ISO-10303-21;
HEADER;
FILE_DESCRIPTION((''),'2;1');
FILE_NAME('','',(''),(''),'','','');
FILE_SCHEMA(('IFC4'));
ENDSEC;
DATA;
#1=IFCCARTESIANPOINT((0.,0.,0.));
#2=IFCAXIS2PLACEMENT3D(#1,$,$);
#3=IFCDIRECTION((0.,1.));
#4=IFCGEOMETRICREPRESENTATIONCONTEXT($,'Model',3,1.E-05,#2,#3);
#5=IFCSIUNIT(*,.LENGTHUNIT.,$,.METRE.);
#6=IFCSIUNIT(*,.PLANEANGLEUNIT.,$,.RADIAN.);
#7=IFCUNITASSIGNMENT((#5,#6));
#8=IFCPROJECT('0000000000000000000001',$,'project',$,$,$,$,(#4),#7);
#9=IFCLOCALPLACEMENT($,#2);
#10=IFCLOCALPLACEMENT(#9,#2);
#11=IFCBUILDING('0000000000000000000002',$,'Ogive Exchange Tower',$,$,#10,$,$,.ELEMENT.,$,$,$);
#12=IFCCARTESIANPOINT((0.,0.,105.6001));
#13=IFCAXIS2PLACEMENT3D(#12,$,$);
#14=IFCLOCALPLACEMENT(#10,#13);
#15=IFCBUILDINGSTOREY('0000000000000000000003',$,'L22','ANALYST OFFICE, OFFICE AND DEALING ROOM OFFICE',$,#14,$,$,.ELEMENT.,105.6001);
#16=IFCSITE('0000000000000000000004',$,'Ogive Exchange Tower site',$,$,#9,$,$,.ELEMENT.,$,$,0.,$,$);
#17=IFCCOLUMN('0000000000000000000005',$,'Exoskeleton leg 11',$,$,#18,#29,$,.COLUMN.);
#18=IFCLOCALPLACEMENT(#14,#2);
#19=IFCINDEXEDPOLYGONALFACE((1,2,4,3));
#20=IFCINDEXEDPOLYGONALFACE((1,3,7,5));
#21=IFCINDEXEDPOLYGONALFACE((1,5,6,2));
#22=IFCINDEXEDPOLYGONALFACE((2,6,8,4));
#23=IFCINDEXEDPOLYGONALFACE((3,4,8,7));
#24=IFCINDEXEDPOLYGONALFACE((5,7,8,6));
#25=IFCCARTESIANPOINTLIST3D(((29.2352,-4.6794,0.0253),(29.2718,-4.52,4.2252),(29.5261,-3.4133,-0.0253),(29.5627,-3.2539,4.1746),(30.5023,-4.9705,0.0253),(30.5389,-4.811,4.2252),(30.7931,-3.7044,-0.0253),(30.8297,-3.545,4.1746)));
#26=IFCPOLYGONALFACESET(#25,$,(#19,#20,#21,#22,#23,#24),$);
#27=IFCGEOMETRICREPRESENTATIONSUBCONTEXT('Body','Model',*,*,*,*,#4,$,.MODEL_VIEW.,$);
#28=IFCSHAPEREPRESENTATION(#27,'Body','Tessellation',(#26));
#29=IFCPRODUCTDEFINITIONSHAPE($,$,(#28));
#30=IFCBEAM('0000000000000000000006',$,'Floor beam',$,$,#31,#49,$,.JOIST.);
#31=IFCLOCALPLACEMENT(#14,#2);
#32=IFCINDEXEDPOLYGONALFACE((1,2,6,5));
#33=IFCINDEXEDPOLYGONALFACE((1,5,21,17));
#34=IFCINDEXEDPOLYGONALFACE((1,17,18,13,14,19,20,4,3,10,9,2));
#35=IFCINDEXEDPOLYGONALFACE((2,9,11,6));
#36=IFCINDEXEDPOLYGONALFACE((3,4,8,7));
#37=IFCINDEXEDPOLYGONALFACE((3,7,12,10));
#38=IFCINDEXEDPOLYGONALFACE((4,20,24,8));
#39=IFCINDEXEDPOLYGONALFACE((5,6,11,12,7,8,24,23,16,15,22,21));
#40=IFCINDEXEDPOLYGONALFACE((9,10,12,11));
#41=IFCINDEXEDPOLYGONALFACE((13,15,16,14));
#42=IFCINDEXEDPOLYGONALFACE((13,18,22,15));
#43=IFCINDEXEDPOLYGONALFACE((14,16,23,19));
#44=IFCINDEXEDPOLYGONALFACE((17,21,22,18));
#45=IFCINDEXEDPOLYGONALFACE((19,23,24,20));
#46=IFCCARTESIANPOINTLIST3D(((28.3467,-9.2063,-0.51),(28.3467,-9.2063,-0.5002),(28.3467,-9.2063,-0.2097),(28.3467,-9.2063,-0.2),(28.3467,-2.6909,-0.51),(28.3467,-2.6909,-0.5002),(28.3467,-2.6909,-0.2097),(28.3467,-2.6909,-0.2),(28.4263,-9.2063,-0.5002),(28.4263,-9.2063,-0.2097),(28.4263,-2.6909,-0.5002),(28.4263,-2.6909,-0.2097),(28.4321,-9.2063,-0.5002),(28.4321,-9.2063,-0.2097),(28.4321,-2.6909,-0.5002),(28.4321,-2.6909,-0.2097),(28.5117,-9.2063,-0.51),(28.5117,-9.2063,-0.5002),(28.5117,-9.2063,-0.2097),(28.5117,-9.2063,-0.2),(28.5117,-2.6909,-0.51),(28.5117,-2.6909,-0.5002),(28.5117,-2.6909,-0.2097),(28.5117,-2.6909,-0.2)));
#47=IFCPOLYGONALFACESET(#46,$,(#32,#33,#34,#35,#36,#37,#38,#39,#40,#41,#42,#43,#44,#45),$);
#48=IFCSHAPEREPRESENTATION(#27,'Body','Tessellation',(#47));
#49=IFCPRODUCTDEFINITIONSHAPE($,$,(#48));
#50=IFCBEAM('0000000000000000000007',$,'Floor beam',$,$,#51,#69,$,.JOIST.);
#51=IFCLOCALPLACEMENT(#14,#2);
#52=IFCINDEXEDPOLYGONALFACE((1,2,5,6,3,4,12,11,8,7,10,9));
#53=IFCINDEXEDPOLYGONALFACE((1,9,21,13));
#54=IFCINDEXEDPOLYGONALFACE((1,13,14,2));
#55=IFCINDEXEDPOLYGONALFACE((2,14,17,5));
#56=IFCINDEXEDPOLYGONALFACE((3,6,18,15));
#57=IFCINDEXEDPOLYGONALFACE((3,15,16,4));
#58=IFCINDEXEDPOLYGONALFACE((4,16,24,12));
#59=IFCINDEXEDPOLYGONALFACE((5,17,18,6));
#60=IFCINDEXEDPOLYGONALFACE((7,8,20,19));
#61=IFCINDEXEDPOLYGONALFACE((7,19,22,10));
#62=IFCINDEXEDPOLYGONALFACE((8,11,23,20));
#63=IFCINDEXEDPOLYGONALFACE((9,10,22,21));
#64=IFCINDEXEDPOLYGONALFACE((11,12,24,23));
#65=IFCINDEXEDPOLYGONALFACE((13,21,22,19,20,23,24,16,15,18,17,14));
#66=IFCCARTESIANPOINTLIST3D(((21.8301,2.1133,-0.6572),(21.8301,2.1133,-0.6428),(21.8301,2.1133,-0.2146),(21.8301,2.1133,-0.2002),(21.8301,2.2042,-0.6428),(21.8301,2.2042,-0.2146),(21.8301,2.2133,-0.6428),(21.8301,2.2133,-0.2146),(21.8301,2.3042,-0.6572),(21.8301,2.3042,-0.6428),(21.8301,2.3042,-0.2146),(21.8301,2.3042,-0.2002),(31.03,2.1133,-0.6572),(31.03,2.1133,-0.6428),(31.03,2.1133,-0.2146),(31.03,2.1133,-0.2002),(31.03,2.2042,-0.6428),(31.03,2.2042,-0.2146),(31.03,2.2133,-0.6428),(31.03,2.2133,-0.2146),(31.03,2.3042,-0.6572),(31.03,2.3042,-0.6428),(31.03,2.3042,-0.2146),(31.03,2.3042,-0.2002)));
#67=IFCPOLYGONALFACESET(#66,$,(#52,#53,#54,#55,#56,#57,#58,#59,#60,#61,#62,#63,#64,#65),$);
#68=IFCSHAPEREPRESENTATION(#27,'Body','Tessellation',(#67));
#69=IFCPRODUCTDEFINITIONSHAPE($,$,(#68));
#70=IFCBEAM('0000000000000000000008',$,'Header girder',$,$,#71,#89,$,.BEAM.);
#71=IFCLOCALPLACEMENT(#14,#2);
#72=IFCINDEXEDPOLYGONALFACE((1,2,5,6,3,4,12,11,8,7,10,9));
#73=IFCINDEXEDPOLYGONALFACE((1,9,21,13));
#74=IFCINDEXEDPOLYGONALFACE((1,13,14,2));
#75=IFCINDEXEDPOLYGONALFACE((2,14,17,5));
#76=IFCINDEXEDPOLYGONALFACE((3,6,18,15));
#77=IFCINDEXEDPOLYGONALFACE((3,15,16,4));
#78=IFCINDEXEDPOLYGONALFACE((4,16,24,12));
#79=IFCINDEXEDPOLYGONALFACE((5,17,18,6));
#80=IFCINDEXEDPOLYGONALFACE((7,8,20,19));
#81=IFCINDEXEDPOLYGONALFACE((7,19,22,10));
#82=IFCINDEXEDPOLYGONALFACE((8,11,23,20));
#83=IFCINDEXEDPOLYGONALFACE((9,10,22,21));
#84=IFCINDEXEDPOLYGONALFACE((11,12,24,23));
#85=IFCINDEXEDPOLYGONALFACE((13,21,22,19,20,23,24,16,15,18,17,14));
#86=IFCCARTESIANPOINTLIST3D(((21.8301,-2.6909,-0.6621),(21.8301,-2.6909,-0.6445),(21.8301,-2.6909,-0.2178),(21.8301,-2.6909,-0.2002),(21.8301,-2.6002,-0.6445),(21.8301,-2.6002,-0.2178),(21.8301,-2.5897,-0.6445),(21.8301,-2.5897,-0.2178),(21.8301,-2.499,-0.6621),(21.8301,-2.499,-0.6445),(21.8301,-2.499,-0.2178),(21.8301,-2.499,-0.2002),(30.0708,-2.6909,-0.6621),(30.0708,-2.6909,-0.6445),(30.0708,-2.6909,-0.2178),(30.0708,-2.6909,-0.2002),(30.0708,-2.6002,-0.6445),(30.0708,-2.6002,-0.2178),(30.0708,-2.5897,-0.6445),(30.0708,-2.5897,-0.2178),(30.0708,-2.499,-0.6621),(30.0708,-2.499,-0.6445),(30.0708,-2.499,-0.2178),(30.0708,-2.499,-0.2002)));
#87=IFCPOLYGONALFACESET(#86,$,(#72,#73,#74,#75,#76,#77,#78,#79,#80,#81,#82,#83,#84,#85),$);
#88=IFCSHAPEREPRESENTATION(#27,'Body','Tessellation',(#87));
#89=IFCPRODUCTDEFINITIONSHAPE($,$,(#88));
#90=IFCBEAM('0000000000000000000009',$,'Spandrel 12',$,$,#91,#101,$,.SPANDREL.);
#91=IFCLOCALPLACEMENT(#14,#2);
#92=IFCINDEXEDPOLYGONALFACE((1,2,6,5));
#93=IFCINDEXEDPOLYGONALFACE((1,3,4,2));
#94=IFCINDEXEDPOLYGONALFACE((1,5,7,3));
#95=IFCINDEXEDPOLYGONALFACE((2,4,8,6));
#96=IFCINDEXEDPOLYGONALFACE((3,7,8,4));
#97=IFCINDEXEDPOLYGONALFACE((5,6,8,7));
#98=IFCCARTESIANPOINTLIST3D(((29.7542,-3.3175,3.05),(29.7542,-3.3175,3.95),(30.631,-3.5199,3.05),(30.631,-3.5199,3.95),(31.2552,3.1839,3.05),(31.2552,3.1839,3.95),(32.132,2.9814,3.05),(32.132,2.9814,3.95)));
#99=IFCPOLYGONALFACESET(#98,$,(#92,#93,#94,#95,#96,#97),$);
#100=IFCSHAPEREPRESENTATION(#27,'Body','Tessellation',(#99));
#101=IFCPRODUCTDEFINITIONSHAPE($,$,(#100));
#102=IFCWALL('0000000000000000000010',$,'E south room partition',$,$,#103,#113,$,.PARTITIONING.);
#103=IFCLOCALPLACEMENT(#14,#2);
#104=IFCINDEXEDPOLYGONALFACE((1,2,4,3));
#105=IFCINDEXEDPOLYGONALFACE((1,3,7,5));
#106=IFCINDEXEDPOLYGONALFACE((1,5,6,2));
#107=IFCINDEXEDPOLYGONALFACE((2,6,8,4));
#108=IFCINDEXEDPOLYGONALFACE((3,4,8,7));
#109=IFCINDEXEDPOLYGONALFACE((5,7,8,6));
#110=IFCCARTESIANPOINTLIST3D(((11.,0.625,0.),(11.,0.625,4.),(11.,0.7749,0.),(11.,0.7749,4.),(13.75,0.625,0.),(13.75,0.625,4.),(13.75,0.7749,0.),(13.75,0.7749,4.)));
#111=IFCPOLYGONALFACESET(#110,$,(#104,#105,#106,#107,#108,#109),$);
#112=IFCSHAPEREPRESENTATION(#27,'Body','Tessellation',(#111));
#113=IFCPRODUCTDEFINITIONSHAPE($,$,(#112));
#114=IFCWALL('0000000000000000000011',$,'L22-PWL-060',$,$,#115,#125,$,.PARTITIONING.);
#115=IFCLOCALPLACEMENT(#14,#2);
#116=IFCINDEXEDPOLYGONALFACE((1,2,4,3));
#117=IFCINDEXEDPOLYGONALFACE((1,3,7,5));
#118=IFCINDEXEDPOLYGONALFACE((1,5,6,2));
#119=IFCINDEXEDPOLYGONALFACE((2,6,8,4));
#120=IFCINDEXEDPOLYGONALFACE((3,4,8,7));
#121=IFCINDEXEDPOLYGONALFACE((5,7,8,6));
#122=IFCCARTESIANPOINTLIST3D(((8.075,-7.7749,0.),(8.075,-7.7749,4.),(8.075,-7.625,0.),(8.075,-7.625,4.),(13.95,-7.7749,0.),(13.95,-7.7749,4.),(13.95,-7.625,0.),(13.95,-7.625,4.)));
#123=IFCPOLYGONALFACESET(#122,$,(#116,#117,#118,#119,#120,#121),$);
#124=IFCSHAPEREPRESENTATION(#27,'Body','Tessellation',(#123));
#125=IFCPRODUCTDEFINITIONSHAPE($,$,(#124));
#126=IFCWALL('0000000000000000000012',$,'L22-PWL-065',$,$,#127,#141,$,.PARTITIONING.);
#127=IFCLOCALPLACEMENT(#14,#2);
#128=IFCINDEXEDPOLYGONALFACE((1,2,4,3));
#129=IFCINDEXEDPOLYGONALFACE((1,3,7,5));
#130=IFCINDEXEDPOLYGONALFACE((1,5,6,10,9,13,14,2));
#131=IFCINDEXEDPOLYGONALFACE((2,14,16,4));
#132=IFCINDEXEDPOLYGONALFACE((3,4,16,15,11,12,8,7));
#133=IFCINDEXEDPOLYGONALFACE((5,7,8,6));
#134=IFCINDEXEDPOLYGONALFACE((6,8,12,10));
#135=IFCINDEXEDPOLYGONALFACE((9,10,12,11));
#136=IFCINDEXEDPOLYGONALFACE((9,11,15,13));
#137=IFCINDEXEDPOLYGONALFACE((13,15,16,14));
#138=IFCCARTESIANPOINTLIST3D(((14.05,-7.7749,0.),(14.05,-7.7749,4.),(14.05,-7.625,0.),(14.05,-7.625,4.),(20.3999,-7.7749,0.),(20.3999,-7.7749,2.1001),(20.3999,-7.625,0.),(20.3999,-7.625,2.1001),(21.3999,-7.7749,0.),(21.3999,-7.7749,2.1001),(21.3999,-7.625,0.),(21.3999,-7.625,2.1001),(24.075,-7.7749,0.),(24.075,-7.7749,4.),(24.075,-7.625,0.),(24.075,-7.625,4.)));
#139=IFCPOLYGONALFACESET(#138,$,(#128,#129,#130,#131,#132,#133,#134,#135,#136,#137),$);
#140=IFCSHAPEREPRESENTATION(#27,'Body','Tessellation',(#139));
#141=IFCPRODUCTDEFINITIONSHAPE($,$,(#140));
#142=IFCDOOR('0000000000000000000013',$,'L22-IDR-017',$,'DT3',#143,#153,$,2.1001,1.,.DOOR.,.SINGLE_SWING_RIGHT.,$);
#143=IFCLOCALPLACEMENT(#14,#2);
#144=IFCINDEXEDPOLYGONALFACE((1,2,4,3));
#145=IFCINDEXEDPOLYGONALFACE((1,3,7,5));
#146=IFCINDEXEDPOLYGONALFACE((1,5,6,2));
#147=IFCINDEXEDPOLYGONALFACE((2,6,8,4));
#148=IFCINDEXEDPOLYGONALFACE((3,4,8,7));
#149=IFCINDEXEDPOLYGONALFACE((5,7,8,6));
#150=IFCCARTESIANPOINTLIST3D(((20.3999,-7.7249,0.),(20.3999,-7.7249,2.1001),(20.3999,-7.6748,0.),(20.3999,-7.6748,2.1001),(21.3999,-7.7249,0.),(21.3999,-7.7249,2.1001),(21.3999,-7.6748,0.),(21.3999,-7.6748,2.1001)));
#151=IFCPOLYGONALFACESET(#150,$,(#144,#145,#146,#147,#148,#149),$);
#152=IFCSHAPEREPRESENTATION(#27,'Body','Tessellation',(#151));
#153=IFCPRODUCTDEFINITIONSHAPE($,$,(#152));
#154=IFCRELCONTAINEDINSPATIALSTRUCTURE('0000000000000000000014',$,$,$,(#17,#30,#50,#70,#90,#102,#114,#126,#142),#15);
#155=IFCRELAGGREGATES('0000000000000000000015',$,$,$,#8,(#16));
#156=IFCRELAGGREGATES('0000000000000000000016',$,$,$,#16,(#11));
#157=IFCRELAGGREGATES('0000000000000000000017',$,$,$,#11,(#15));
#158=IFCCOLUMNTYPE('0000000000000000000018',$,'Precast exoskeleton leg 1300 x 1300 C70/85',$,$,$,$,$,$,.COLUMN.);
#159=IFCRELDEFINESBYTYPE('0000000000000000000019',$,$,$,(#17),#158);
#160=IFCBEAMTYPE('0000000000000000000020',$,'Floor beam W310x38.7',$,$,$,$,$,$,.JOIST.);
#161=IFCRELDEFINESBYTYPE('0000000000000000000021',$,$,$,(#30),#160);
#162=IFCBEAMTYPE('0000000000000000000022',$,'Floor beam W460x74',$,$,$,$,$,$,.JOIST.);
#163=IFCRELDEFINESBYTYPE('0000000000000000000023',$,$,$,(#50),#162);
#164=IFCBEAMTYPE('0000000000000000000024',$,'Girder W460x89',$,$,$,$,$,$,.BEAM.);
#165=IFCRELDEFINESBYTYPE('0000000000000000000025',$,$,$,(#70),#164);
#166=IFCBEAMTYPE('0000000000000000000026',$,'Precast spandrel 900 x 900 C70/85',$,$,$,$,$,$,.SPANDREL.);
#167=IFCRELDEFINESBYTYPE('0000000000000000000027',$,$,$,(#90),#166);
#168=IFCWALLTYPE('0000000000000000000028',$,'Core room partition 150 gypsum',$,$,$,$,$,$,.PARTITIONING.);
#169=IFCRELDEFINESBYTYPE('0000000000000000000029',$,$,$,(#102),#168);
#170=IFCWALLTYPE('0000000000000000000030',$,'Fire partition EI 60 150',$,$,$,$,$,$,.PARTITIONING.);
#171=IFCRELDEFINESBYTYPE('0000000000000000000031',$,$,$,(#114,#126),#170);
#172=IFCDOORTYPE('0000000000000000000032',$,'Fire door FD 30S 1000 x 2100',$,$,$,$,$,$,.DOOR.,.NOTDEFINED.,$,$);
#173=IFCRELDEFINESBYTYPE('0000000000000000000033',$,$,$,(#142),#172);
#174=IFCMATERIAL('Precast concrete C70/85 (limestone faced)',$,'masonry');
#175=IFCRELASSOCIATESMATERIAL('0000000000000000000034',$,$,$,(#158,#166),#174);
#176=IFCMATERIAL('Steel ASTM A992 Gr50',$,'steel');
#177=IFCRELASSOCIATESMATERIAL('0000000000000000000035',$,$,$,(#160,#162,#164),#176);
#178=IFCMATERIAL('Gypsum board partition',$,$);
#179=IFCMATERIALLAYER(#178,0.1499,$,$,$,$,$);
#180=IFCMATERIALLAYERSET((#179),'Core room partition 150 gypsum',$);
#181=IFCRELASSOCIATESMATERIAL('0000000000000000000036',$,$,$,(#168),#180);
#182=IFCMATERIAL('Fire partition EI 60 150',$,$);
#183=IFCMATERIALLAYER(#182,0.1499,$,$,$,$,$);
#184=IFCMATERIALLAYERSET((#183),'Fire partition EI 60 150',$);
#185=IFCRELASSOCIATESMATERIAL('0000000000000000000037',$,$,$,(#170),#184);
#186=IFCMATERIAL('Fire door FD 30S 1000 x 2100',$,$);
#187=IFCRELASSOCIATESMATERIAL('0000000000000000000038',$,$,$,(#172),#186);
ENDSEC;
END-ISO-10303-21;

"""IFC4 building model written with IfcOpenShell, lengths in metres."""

from ifc_helpers import new_model, si_unit, direction, frame, frame_2d, origin, origin_2d, place, context, subcontext, project, spatial, rectangle, i_section, extrude, material, layer, layer_set, material_profile, profile_set, type_object, element, fill, save


model = new_model("IFC4")

# Units and contexts
model_context = context("Model", 3, precision=1e-05, world=origin(), true_north=direction((0.0, 1.0)))
body_context = subcontext(model_context, "Body", "Model", "MODEL_VIEW")
ifc_project = project(units=[si_unit("LENGTHUNIT", "METRE"), si_unit("PLANEANGLEUNIT", "RADIAN")], contexts=[model_context])

# Site, building, storey
site_placement = place(None, origin())
site = spatial("IfcSite", under=ifc_project, at=site_placement, Name="Ogive Exchange Tower site", CompositionType="ELEMENT", RefElevation=0.0)
building_placement = place(site_placement, origin())
building = spatial("IfcBuilding", under=site, at=building_placement, Name="Ogive Exchange Tower", CompositionType="ELEMENT")
storey_placement = place(building_placement, frame((0.0, 0.0, 105.6001)))
storey = spatial("IfcBuildingStorey", under=building, at=storey_placement, Name="L22", Description="ANALYST OFFICE, OFFICE AND DEALING ROOM OFFICE", CompositionType="ELEMENT", Elevation=105.6001)

# Column
ifc_material_1 = material(Name="Precast concrete C70/85 (limestone faced)", Category="masonry")
ifc_material_profile_1 = material_profile(ifc_material_1, rectangle(XDim=1.3, YDim=1.3, at=origin_2d()), Name="1300 x 1300")
ifc_profile_set_1 = profile_set([ifc_material_profile_1], Name="Precast concrete C70/85 (limestone faced)")
column_type = type_object("IfcColumnType", Name="Precast exoskeleton leg 1300 x 1300 C70/85", PredefinedType="COLUMN", material=ifc_profile_set_1)
column_placement = place(storey_placement, frame((30.0142, -4.1919, 0.0), z_axis=(0.008713, 0.03793, 0.999242), x_axis=(-0.974617, 0.223878, 0.0)))
element("IfcColumn", 1, at=column_placement, inside=storey, type_object=column_type, Name="Exoskeleton leg 11", PredefinedType="COLUMN", context=body_context, shape_type="SweptSolid", body=[
    extrude(rectangle(XDim=1.3, YDim=1.3, at=origin_2d()), origin(), (0.0, 0.0, 1.0), 4.2031),
])

# Beams
ifc_material_2 = material(Name="Steel ASTM A992 Gr50", Category="steel")
ifc_material_profile_2 = material_profile(ifc_material_2, i_section(OverallWidth=0.165, OverallDepth=0.3101, WebThickness=0.0059, FlangeThickness=0.0098, at=origin_2d()), Name="W310x38.7")
ifc_profile_set_2 = profile_set([ifc_material_profile_2], Name="Steel ASTM A992 Gr50")
beam_type_1 = type_object("IfcBeamType", Name="Floor beam W310x38.7", PredefinedType="JOIST", material=ifc_profile_set_2)
beam_1_placement = place(storey_placement, frame((28.4292, -9.2063, -0.355), z_axis=(0.0, 1.0, 0.0), x_axis=(-1.0, 0.0, 0.0)))
element("IfcBeam", 2, at=beam_1_placement, inside=storey, type_object=beam_type_1, Name="Floor beam", PredefinedType="JOIST", context=body_context, shape_type="SweptSolid", body=[
    extrude(i_section(OverallWidth=0.165, OverallDepth=0.3101, WebThickness=0.0059, FlangeThickness=0.0098, at=origin_2d()), origin(), (0.0, 0.0, 1.0), 6.5154),
])
ifc_material_profile_3 = material_profile(ifc_material_2, i_section(OverallWidth=0.1909, OverallDepth=0.457, WebThickness=0.009, FlangeThickness=0.0144, at=origin_2d()), Name="W460x74")
ifc_profile_set_3 = profile_set([ifc_material_profile_3], Name="Steel ASTM A992 Gr50")
beam_type_2 = type_object("IfcBeamType", Name="Floor beam W460x74", PredefinedType="JOIST", material=ifc_profile_set_3)
beam_2_placement = place(storey_placement, frame((21.8301, 2.2087, -0.4287), z_axis=(1.0, 0.0, 0.0), x_axis=(0.0, 1.0, 0.0)))
element("IfcBeam", 3, at=beam_2_placement, inside=storey, type_object=beam_type_2, Name="Floor beam", PredefinedType="JOIST", context=body_context, shape_type="SweptSolid", body=[
    extrude(i_section(OverallWidth=0.1909, OverallDepth=0.457, WebThickness=0.009, FlangeThickness=0.0144, at=origin_2d()), origin(), (0.0, 0.0, 1.0), 9.2),
])
ifc_material_profile_4 = material_profile(ifc_material_2, i_section(OverallWidth=0.1919, OverallDepth=0.4619, WebThickness=0.0105, FlangeThickness=0.0176, at=origin_2d()), Name="W460x89")
ifc_profile_set_4 = profile_set([ifc_material_profile_4], Name="Steel ASTM A992 Gr50")
beam_type_3 = type_object("IfcBeamType", Name="Girder W460x89", PredefinedType="BEAM", material=ifc_profile_set_4)
beam_3_placement = place(storey_placement, frame((21.8301, -2.595, -0.4312), z_axis=(1.0, 0.0, 0.0), x_axis=(0.0, 1.0, 0.0)))
element("IfcBeam", 4, at=beam_3_placement, inside=storey, type_object=beam_type_3, Name="Header girder", PredefinedType="BEAM", context=body_context, shape_type="SweptSolid", body=[
    extrude(i_section(OverallWidth=0.1919, OverallDepth=0.4619, WebThickness=0.0105, FlangeThickness=0.0176, at=origin_2d()), origin(), (0.0, 0.0, 1.0), 8.2407),
])
ifc_material_profile_5 = material_profile(ifc_material_1, rectangle(XDim=0.8999, YDim=0.8999, at=origin_2d()), Name="900 x 900")
ifc_profile_set_5 = profile_set([ifc_material_profile_5], Name="Precast concrete C70/85 (limestone faced)")
beam_type_4 = type_object("IfcBeamType", Name="Precast spandrel 900 x 900 C70/85", PredefinedType="SPANDREL", material=ifc_profile_set_5)
beam_4_placement = place(storey_placement, frame((30.1926, -3.4187, 3.5), z_axis=(0.22495, 0.97437, 0.0), x_axis=(-0.97437, 0.22495, 0.0)))
element("IfcBeam", 5, at=beam_4_placement, inside=storey, type_object=beam_type_4, Name="Spandrel 12", PredefinedType="SPANDREL", context=body_context, shape_type="SweptSolid", body=[
    extrude(rectangle(XDim=0.8999, YDim=0.8999, at=origin_2d()), origin(), (0.0, 0.0, 1.0), 6.6724),
])

# Walls
ifc_material_3 = material(Name="Gypsum board partition")
ifc_layer_1 = layer(ifc_material_3, 0.1499)
ifc_layer_set_1 = layer_set([ifc_layer_1], Name="Core room partition 150 gypsum")
wall_type_1 = type_object("IfcWallType", Name="Core room partition 150 gypsum", PredefinedType="PARTITIONING", material=ifc_layer_set_1)
wall_1_placement = place(storey_placement, frame((11.0, 0.7, 0.0), z_axis=(0.0, 0.0, 1.0), x_axis=(1.0, 0.0, 0.0)))
element("IfcWall", 6, at=wall_1_placement, inside=storey, type_object=wall_type_1, Name="E south room partition", PredefinedType="PARTITIONING", context=body_context, shape_type="SweptSolid", body=[
    extrude(rectangle(XDim=2.75, YDim=0.1499, at=frame_2d((1.375, 0.0))), origin(), (0.0, 0.0, 1.0), 4.0),
])
ifc_material_4 = material(Name="Fire partition EI 60 150")
ifc_layer_2 = layer(ifc_material_4, 0.1499)
ifc_layer_set_2 = layer_set([ifc_layer_2], Name="Fire partition EI 60 150")
wall_type_2 = type_object("IfcWallType", Name="Fire partition EI 60 150", PredefinedType="PARTITIONING", material=ifc_layer_set_2)
wall_2_placement = place(storey_placement, frame((13.95, -7.7, 0.0), z_axis=(0.0, 0.0, 1.0), x_axis=(-1.0, 0.0, 0.0)))
element("IfcWall", 7, at=wall_2_placement, inside=storey, type_object=wall_type_2, Name="L22-PWL-060", PredefinedType="PARTITIONING", context=body_context, shape_type="SweptSolid", body=[
    extrude(rectangle(XDim=5.875, YDim=0.1499, at=frame_2d((2.9375, 0.0))), origin(), (0.0, 0.0, 1.0), 4.0),
])

# Wall, opening, door
wall_3_placement = place(storey_placement, frame((24.075, -7.7, 0.0), z_axis=(0.0, 0.0, 1.0), x_axis=(-1.0, 0.0, 0.0)))
wall_3 = element("IfcWall", 8, at=wall_3_placement, inside=storey, type_object=wall_type_2, Name="L22-PWL-065", PredefinedType="PARTITIONING", context=body_context, shape_type="SweptSolid", body=[
    extrude(rectangle(XDim=10.0249, YDim=0.1499, at=frame_2d((5.0125, 0.0))), origin(), (0.0, 0.0, 1.0), 4.0),
])
opening_1_placement = place(wall_3_placement, frame((2.675, 0.0, 0.0)))
opening_1 = element("IfcOpeningElement", 9, at=opening_1_placement, cuts=wall_3, PredefinedType="OPENING", context=body_context, shape_type="SweptSolid", body=[
    extrude(rectangle(XDim=1.0, YDim=2.1001, at=frame_2d((0.5, 1.05))), frame((0.0, 0.085, 0.0), z_axis=(0.0, -1.0, 0.0), x_axis=(1.0, 0.0, 0.0)), (0.0, 0.0, 1.0), 0.1699),
])
ifc_material_5 = material(Name="Fire door FD 30S 1000 x 2100")
door_type_1 = type_object("IfcDoorType", Name="Fire door FD 30S 1000 x 2100", OperationType="NOTDEFINED", PredefinedType="DOOR", material=ifc_material_5)
door_1_placement = place(opening_1_placement, origin())
door_1 = element("IfcDoor", 10, at=door_1_placement, inside=storey, type_object=door_type_1, Name="L22-IDR-017", ObjectType="DT3", OperationType="SINGLE_SWING_RIGHT", OverallHeight=2.1001, OverallWidth=1.0, PredefinedType="DOOR", context=body_context, shape_type="SweptSolid", body=[
    extrude(rectangle(XDim=1.0, YDim=2.1001, at=frame_2d((0.5, 1.05))), frame((0.0, 0.0249, 0.0), z_axis=(0.0, -1.0, 0.0), x_axis=(1.0, 0.0, 0.0)), (0.0, 0.0, 1.0), 0.05),
])
fill(opening_1, door_1)

save(model, "model.ifc")
